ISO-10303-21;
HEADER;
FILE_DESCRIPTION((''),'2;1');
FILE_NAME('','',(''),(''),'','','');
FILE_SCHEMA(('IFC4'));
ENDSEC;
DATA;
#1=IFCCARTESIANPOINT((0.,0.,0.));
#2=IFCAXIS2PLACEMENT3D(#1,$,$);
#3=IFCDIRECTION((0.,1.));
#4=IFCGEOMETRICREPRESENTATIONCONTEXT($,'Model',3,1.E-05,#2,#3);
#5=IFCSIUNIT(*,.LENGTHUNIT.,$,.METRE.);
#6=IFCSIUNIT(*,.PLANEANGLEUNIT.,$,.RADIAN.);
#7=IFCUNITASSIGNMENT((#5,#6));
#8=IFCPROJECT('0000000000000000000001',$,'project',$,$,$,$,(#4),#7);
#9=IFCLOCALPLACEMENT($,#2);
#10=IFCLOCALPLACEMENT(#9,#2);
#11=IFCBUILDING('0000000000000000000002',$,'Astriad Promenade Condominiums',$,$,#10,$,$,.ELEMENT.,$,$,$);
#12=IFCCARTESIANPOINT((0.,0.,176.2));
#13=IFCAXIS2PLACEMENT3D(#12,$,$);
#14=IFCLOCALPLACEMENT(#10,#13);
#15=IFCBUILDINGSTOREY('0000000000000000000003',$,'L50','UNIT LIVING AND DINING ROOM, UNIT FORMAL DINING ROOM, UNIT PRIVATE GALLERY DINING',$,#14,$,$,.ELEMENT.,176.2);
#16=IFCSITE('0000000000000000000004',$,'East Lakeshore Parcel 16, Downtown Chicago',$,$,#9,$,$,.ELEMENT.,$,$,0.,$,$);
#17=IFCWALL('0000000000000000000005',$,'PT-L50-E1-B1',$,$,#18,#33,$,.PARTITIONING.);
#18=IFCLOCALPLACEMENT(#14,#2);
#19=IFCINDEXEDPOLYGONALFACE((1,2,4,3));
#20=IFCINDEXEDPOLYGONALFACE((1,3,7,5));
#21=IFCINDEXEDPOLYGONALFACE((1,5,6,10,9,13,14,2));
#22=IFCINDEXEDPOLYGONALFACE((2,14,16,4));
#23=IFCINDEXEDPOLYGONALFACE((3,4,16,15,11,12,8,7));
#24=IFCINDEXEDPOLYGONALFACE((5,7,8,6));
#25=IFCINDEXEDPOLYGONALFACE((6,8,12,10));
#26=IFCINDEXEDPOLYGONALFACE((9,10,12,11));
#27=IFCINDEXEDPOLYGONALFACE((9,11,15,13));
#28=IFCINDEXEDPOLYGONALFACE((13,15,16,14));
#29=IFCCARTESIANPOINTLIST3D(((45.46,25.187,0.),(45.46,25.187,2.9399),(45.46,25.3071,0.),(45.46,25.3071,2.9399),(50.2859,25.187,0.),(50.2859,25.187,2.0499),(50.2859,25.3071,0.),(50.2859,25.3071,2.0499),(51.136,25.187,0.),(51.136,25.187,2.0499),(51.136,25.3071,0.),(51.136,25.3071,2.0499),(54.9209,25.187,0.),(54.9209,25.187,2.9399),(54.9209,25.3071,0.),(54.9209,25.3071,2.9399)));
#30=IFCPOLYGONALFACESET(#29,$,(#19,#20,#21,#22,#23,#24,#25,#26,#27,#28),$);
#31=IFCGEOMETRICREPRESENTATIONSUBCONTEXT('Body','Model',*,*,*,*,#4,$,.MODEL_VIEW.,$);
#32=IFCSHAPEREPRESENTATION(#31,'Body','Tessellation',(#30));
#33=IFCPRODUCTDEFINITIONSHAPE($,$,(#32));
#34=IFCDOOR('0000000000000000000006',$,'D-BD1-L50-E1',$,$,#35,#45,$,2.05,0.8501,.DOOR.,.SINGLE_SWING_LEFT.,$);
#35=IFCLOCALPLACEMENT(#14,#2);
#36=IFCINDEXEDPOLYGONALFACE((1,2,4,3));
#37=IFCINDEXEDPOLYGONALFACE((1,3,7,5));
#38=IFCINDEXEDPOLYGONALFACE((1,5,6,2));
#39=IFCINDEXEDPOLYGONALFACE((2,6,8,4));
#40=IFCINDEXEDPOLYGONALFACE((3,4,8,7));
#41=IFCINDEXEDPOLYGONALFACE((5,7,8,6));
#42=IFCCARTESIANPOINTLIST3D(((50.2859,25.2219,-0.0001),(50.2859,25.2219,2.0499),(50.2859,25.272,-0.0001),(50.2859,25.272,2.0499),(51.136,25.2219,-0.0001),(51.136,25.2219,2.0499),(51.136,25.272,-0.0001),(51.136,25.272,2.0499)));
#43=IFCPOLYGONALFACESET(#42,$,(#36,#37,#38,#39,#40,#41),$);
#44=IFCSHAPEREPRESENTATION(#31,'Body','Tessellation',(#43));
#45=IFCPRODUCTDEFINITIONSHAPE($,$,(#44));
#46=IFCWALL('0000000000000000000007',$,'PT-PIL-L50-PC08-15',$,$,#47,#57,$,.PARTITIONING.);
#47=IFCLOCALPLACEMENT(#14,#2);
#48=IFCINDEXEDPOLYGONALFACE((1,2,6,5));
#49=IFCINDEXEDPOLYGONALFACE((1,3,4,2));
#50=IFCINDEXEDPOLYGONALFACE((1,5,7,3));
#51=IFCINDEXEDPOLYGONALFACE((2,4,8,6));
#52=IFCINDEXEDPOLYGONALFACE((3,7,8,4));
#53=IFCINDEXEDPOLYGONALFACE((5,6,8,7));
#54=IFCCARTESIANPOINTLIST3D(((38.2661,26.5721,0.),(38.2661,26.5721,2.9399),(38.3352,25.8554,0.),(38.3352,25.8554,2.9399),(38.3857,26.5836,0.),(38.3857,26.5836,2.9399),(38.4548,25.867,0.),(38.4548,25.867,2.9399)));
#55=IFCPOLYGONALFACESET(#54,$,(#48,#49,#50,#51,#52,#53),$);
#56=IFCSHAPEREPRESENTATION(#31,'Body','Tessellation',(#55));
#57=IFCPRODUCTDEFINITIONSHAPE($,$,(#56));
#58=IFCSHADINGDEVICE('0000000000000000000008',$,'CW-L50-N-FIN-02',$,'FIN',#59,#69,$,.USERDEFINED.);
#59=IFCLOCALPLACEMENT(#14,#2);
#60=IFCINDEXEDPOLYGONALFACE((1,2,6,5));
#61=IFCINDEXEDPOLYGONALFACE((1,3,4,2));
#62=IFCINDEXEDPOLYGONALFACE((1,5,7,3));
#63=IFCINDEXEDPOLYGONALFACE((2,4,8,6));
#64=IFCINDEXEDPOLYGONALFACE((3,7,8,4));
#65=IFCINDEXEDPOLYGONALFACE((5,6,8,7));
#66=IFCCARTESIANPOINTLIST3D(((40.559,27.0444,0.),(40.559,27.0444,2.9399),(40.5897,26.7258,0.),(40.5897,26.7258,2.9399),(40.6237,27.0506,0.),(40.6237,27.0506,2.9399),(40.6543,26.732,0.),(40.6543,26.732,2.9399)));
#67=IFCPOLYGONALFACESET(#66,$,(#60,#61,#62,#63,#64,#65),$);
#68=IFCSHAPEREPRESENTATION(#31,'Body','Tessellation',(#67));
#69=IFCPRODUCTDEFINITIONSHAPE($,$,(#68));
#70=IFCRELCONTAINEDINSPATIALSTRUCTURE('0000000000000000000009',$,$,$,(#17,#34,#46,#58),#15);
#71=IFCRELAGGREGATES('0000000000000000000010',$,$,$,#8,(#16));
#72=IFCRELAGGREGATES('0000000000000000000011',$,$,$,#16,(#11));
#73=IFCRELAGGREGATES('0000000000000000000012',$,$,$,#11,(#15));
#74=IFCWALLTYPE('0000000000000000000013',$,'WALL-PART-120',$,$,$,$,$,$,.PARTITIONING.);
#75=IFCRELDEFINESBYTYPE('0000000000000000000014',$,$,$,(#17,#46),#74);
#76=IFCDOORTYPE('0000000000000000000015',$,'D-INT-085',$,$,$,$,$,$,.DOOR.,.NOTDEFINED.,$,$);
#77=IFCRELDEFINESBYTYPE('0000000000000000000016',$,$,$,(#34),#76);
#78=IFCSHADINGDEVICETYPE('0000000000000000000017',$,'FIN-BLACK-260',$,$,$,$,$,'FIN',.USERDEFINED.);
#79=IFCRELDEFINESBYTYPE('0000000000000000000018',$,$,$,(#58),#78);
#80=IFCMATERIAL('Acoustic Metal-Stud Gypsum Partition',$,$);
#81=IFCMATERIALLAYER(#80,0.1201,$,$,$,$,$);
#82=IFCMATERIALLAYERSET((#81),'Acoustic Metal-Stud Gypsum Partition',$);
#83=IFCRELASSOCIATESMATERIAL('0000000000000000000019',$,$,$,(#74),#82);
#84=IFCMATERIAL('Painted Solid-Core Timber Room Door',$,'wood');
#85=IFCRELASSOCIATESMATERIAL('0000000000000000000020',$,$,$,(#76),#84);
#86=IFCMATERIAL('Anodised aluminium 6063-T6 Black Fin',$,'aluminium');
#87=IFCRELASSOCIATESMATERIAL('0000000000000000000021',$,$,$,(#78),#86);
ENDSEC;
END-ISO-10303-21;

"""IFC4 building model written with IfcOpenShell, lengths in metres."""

from ifc_helpers import new_model, si_unit, direction, frame, frame_2d, origin, origin_2d, place, context, subcontext, project, spatial, rectangle, extrude, source, transform, mapped, material, layer, layer_set, type_object, type_shapes, element, fill, save


model = new_model("IFC4")

# Units and contexts
model_context = context("Model", 3, precision=1e-05, world=origin(), true_north=direction((0.0, 1.0)))
body_context = subcontext(model_context, "Body", "Model", "MODEL_VIEW")
ifc_project = project(units=[si_unit("LENGTHUNIT", "METRE"), si_unit("PLANEANGLEUNIT", "RADIAN")], contexts=[model_context])

# Site, building, storey
site_placement = place(None, origin())
site = spatial("IfcSite", under=ifc_project, at=site_placement, Name="East Lakeshore Parcel 16, Downtown Chicago", CompositionType="ELEMENT", RefElevation=0.0)
building_placement = place(site_placement, origin())
building = spatial("IfcBuilding", under=site, at=building_placement, Name="Astriad Promenade Condominiums", CompositionType="ELEMENT")
storey_placement = place(building_placement, frame((0.0, 0.0, 176.2)))
storey = spatial("IfcBuildingStorey", under=building, at=storey_placement, Name="L50", Description="UNIT LIVING AND DINING ROOM, UNIT FORMAL DINING ROOM, UNIT PRIVATE GALLERY DINING", CompositionType="ELEMENT", Elevation=176.2)

# Wall, opening, door
ifc_material_1 = material(Name="Acoustic Metal-Stud Gypsum Partition")
ifc_layer_1 = layer(ifc_material_1, 0.1201)
ifc_layer_set_1 = layer_set([ifc_layer_1], Name="Acoustic Metal-Stud Gypsum Partition")
wall_type_1 = type_object("IfcWallType", Name="WALL-PART-120", PredefinedType="PARTITIONING", material=ifc_layer_set_1)
wall_1_placement = place(storey_placement, frame((45.46, 25.2471, 0.0), z_axis=(0.0, 0.0, 1.0), x_axis=(1.0, 0.0, 0.0)))
wall_1 = element("IfcWall", 1, at=wall_1_placement, inside=storey, type_object=wall_type_1, Name="PT-L50-E1-B1", PredefinedType="PARTITIONING", context=body_context, shape_type="SweptSolid", body=[
    extrude(rectangle(XDim=9.4609, YDim=0.1201, at=frame_2d((4.7305, 0.0))), origin(), (0.0, 0.0, 1.0), 2.9399),
])
opening_1_placement = place(wall_1_placement, frame((4.8259, 0.0, 0.0)))
opening_1 = element("IfcOpeningElement", 2, at=opening_1_placement, cuts=wall_1, PredefinedType="OPENING", context=body_context, shape_type="SweptSolid", body=[
    extrude(rectangle(XDim=0.8501, YDim=2.05, at=frame_2d((0.425, 1.0249))), frame((0.0, 0.0701, 0.0), z_axis=(0.0, -1.0, 0.0), x_axis=(1.0, 0.0, 0.0)), (0.0, 0.0, 1.0), 0.1401),
])
ifc_material_2 = material(Name="Painted Solid-Core Timber Room Door", Category="wood")
door_type_1 = type_object("IfcDoorType", Name="D-INT-085", OperationType="NOTDEFINED", PredefinedType="DOOR", material=ifc_material_2)
shared_shape_1 = source(origin(), body_context, "Body", "SweptSolid", [
    extrude(rectangle(XDim=0.8501, YDim=2.05, at=frame_2d((0.425, 1.0249))), frame((0.0, 0.0249, 0.0), z_axis=(0.0, -1.0, 0.0), x_axis=(1.0, 0.0, 0.0)), (0.0, 0.0, 1.0), 0.05),
])
type_shapes(door_type_1, [shared_shape_1])
door_1_placement = place(opening_1_placement, origin())
door_1 = element("IfcDoor", 3, at=door_1_placement, inside=storey, type_object=door_type_1, Name="D-BD1-L50-E1", OperationType="SINGLE_SWING_LEFT", OverallHeight=2.05, OverallWidth=0.8501, PredefinedType="DOOR", context=body_context, shape_type="MappedRepresentation", body=[
    mapped(shared_shape_1, transform((0.0, 0.0, 0.0), scale=1.0)),
])
fill(opening_1, door_1)

# Wall
wall_2_placement = place(storey_placement, frame((38.395, 25.8613, 0.0), z_axis=(0.0, 0.0, 1.0), x_axis=(-0.095977, 0.995384, 0.0)))
element("IfcWall", 4, at=wall_2_placement, inside=storey, type_object=wall_type_1, Name="PT-PIL-L50-PC08-15", PredefinedType="PARTITIONING", context=body_context, shape_type="SweptSolid", body=[
    extrude(rectangle(XDim=0.72, YDim=0.1201, at=frame_2d((0.3599, 0.0))), origin(), (0.0, 0.0, 1.0), 2.9399),
])

# Shading device
ifc_material_3 = material(Name="Anodised aluminium 6063-T6 Black Fin", Category="aluminium")
shading_device_type = type_object("IfcShadingDeviceType", Name="FIN-BLACK-260", ElementType="FIN", PredefinedType="USERDEFINED", material=ifc_material_3)
shared_shape_2 = source(origin(), body_context, "Body", "SweptSolid", [
    extrude(rectangle(XDim=0.0649, YDim=0.3201, at=origin_2d()), origin(), (0.0, 0.0, 1.0), 2.9399),
])
type_shapes(shading_device_type, [shared_shape_2])
shading_device_placement = place(storey_placement, frame((40.6067, 26.8882, 0.0), z_axis=(0.0, 0.0, 1.0), x_axis=(0.995396, 0.095846, 0.0)))
element("IfcShadingDevice", 5, at=shading_device_placement, inside=storey, type_object=shading_device_type, Name="CW-L50-N-FIN-02", ObjectType="FIN", PredefinedType="USERDEFINED", context=body_context, shape_type="MappedRepresentation", body=[
    mapped(shared_shape_2, transform((0.0, 0.0, 0.0), scale=1.0)),
])

save(model, "model.ifc")
